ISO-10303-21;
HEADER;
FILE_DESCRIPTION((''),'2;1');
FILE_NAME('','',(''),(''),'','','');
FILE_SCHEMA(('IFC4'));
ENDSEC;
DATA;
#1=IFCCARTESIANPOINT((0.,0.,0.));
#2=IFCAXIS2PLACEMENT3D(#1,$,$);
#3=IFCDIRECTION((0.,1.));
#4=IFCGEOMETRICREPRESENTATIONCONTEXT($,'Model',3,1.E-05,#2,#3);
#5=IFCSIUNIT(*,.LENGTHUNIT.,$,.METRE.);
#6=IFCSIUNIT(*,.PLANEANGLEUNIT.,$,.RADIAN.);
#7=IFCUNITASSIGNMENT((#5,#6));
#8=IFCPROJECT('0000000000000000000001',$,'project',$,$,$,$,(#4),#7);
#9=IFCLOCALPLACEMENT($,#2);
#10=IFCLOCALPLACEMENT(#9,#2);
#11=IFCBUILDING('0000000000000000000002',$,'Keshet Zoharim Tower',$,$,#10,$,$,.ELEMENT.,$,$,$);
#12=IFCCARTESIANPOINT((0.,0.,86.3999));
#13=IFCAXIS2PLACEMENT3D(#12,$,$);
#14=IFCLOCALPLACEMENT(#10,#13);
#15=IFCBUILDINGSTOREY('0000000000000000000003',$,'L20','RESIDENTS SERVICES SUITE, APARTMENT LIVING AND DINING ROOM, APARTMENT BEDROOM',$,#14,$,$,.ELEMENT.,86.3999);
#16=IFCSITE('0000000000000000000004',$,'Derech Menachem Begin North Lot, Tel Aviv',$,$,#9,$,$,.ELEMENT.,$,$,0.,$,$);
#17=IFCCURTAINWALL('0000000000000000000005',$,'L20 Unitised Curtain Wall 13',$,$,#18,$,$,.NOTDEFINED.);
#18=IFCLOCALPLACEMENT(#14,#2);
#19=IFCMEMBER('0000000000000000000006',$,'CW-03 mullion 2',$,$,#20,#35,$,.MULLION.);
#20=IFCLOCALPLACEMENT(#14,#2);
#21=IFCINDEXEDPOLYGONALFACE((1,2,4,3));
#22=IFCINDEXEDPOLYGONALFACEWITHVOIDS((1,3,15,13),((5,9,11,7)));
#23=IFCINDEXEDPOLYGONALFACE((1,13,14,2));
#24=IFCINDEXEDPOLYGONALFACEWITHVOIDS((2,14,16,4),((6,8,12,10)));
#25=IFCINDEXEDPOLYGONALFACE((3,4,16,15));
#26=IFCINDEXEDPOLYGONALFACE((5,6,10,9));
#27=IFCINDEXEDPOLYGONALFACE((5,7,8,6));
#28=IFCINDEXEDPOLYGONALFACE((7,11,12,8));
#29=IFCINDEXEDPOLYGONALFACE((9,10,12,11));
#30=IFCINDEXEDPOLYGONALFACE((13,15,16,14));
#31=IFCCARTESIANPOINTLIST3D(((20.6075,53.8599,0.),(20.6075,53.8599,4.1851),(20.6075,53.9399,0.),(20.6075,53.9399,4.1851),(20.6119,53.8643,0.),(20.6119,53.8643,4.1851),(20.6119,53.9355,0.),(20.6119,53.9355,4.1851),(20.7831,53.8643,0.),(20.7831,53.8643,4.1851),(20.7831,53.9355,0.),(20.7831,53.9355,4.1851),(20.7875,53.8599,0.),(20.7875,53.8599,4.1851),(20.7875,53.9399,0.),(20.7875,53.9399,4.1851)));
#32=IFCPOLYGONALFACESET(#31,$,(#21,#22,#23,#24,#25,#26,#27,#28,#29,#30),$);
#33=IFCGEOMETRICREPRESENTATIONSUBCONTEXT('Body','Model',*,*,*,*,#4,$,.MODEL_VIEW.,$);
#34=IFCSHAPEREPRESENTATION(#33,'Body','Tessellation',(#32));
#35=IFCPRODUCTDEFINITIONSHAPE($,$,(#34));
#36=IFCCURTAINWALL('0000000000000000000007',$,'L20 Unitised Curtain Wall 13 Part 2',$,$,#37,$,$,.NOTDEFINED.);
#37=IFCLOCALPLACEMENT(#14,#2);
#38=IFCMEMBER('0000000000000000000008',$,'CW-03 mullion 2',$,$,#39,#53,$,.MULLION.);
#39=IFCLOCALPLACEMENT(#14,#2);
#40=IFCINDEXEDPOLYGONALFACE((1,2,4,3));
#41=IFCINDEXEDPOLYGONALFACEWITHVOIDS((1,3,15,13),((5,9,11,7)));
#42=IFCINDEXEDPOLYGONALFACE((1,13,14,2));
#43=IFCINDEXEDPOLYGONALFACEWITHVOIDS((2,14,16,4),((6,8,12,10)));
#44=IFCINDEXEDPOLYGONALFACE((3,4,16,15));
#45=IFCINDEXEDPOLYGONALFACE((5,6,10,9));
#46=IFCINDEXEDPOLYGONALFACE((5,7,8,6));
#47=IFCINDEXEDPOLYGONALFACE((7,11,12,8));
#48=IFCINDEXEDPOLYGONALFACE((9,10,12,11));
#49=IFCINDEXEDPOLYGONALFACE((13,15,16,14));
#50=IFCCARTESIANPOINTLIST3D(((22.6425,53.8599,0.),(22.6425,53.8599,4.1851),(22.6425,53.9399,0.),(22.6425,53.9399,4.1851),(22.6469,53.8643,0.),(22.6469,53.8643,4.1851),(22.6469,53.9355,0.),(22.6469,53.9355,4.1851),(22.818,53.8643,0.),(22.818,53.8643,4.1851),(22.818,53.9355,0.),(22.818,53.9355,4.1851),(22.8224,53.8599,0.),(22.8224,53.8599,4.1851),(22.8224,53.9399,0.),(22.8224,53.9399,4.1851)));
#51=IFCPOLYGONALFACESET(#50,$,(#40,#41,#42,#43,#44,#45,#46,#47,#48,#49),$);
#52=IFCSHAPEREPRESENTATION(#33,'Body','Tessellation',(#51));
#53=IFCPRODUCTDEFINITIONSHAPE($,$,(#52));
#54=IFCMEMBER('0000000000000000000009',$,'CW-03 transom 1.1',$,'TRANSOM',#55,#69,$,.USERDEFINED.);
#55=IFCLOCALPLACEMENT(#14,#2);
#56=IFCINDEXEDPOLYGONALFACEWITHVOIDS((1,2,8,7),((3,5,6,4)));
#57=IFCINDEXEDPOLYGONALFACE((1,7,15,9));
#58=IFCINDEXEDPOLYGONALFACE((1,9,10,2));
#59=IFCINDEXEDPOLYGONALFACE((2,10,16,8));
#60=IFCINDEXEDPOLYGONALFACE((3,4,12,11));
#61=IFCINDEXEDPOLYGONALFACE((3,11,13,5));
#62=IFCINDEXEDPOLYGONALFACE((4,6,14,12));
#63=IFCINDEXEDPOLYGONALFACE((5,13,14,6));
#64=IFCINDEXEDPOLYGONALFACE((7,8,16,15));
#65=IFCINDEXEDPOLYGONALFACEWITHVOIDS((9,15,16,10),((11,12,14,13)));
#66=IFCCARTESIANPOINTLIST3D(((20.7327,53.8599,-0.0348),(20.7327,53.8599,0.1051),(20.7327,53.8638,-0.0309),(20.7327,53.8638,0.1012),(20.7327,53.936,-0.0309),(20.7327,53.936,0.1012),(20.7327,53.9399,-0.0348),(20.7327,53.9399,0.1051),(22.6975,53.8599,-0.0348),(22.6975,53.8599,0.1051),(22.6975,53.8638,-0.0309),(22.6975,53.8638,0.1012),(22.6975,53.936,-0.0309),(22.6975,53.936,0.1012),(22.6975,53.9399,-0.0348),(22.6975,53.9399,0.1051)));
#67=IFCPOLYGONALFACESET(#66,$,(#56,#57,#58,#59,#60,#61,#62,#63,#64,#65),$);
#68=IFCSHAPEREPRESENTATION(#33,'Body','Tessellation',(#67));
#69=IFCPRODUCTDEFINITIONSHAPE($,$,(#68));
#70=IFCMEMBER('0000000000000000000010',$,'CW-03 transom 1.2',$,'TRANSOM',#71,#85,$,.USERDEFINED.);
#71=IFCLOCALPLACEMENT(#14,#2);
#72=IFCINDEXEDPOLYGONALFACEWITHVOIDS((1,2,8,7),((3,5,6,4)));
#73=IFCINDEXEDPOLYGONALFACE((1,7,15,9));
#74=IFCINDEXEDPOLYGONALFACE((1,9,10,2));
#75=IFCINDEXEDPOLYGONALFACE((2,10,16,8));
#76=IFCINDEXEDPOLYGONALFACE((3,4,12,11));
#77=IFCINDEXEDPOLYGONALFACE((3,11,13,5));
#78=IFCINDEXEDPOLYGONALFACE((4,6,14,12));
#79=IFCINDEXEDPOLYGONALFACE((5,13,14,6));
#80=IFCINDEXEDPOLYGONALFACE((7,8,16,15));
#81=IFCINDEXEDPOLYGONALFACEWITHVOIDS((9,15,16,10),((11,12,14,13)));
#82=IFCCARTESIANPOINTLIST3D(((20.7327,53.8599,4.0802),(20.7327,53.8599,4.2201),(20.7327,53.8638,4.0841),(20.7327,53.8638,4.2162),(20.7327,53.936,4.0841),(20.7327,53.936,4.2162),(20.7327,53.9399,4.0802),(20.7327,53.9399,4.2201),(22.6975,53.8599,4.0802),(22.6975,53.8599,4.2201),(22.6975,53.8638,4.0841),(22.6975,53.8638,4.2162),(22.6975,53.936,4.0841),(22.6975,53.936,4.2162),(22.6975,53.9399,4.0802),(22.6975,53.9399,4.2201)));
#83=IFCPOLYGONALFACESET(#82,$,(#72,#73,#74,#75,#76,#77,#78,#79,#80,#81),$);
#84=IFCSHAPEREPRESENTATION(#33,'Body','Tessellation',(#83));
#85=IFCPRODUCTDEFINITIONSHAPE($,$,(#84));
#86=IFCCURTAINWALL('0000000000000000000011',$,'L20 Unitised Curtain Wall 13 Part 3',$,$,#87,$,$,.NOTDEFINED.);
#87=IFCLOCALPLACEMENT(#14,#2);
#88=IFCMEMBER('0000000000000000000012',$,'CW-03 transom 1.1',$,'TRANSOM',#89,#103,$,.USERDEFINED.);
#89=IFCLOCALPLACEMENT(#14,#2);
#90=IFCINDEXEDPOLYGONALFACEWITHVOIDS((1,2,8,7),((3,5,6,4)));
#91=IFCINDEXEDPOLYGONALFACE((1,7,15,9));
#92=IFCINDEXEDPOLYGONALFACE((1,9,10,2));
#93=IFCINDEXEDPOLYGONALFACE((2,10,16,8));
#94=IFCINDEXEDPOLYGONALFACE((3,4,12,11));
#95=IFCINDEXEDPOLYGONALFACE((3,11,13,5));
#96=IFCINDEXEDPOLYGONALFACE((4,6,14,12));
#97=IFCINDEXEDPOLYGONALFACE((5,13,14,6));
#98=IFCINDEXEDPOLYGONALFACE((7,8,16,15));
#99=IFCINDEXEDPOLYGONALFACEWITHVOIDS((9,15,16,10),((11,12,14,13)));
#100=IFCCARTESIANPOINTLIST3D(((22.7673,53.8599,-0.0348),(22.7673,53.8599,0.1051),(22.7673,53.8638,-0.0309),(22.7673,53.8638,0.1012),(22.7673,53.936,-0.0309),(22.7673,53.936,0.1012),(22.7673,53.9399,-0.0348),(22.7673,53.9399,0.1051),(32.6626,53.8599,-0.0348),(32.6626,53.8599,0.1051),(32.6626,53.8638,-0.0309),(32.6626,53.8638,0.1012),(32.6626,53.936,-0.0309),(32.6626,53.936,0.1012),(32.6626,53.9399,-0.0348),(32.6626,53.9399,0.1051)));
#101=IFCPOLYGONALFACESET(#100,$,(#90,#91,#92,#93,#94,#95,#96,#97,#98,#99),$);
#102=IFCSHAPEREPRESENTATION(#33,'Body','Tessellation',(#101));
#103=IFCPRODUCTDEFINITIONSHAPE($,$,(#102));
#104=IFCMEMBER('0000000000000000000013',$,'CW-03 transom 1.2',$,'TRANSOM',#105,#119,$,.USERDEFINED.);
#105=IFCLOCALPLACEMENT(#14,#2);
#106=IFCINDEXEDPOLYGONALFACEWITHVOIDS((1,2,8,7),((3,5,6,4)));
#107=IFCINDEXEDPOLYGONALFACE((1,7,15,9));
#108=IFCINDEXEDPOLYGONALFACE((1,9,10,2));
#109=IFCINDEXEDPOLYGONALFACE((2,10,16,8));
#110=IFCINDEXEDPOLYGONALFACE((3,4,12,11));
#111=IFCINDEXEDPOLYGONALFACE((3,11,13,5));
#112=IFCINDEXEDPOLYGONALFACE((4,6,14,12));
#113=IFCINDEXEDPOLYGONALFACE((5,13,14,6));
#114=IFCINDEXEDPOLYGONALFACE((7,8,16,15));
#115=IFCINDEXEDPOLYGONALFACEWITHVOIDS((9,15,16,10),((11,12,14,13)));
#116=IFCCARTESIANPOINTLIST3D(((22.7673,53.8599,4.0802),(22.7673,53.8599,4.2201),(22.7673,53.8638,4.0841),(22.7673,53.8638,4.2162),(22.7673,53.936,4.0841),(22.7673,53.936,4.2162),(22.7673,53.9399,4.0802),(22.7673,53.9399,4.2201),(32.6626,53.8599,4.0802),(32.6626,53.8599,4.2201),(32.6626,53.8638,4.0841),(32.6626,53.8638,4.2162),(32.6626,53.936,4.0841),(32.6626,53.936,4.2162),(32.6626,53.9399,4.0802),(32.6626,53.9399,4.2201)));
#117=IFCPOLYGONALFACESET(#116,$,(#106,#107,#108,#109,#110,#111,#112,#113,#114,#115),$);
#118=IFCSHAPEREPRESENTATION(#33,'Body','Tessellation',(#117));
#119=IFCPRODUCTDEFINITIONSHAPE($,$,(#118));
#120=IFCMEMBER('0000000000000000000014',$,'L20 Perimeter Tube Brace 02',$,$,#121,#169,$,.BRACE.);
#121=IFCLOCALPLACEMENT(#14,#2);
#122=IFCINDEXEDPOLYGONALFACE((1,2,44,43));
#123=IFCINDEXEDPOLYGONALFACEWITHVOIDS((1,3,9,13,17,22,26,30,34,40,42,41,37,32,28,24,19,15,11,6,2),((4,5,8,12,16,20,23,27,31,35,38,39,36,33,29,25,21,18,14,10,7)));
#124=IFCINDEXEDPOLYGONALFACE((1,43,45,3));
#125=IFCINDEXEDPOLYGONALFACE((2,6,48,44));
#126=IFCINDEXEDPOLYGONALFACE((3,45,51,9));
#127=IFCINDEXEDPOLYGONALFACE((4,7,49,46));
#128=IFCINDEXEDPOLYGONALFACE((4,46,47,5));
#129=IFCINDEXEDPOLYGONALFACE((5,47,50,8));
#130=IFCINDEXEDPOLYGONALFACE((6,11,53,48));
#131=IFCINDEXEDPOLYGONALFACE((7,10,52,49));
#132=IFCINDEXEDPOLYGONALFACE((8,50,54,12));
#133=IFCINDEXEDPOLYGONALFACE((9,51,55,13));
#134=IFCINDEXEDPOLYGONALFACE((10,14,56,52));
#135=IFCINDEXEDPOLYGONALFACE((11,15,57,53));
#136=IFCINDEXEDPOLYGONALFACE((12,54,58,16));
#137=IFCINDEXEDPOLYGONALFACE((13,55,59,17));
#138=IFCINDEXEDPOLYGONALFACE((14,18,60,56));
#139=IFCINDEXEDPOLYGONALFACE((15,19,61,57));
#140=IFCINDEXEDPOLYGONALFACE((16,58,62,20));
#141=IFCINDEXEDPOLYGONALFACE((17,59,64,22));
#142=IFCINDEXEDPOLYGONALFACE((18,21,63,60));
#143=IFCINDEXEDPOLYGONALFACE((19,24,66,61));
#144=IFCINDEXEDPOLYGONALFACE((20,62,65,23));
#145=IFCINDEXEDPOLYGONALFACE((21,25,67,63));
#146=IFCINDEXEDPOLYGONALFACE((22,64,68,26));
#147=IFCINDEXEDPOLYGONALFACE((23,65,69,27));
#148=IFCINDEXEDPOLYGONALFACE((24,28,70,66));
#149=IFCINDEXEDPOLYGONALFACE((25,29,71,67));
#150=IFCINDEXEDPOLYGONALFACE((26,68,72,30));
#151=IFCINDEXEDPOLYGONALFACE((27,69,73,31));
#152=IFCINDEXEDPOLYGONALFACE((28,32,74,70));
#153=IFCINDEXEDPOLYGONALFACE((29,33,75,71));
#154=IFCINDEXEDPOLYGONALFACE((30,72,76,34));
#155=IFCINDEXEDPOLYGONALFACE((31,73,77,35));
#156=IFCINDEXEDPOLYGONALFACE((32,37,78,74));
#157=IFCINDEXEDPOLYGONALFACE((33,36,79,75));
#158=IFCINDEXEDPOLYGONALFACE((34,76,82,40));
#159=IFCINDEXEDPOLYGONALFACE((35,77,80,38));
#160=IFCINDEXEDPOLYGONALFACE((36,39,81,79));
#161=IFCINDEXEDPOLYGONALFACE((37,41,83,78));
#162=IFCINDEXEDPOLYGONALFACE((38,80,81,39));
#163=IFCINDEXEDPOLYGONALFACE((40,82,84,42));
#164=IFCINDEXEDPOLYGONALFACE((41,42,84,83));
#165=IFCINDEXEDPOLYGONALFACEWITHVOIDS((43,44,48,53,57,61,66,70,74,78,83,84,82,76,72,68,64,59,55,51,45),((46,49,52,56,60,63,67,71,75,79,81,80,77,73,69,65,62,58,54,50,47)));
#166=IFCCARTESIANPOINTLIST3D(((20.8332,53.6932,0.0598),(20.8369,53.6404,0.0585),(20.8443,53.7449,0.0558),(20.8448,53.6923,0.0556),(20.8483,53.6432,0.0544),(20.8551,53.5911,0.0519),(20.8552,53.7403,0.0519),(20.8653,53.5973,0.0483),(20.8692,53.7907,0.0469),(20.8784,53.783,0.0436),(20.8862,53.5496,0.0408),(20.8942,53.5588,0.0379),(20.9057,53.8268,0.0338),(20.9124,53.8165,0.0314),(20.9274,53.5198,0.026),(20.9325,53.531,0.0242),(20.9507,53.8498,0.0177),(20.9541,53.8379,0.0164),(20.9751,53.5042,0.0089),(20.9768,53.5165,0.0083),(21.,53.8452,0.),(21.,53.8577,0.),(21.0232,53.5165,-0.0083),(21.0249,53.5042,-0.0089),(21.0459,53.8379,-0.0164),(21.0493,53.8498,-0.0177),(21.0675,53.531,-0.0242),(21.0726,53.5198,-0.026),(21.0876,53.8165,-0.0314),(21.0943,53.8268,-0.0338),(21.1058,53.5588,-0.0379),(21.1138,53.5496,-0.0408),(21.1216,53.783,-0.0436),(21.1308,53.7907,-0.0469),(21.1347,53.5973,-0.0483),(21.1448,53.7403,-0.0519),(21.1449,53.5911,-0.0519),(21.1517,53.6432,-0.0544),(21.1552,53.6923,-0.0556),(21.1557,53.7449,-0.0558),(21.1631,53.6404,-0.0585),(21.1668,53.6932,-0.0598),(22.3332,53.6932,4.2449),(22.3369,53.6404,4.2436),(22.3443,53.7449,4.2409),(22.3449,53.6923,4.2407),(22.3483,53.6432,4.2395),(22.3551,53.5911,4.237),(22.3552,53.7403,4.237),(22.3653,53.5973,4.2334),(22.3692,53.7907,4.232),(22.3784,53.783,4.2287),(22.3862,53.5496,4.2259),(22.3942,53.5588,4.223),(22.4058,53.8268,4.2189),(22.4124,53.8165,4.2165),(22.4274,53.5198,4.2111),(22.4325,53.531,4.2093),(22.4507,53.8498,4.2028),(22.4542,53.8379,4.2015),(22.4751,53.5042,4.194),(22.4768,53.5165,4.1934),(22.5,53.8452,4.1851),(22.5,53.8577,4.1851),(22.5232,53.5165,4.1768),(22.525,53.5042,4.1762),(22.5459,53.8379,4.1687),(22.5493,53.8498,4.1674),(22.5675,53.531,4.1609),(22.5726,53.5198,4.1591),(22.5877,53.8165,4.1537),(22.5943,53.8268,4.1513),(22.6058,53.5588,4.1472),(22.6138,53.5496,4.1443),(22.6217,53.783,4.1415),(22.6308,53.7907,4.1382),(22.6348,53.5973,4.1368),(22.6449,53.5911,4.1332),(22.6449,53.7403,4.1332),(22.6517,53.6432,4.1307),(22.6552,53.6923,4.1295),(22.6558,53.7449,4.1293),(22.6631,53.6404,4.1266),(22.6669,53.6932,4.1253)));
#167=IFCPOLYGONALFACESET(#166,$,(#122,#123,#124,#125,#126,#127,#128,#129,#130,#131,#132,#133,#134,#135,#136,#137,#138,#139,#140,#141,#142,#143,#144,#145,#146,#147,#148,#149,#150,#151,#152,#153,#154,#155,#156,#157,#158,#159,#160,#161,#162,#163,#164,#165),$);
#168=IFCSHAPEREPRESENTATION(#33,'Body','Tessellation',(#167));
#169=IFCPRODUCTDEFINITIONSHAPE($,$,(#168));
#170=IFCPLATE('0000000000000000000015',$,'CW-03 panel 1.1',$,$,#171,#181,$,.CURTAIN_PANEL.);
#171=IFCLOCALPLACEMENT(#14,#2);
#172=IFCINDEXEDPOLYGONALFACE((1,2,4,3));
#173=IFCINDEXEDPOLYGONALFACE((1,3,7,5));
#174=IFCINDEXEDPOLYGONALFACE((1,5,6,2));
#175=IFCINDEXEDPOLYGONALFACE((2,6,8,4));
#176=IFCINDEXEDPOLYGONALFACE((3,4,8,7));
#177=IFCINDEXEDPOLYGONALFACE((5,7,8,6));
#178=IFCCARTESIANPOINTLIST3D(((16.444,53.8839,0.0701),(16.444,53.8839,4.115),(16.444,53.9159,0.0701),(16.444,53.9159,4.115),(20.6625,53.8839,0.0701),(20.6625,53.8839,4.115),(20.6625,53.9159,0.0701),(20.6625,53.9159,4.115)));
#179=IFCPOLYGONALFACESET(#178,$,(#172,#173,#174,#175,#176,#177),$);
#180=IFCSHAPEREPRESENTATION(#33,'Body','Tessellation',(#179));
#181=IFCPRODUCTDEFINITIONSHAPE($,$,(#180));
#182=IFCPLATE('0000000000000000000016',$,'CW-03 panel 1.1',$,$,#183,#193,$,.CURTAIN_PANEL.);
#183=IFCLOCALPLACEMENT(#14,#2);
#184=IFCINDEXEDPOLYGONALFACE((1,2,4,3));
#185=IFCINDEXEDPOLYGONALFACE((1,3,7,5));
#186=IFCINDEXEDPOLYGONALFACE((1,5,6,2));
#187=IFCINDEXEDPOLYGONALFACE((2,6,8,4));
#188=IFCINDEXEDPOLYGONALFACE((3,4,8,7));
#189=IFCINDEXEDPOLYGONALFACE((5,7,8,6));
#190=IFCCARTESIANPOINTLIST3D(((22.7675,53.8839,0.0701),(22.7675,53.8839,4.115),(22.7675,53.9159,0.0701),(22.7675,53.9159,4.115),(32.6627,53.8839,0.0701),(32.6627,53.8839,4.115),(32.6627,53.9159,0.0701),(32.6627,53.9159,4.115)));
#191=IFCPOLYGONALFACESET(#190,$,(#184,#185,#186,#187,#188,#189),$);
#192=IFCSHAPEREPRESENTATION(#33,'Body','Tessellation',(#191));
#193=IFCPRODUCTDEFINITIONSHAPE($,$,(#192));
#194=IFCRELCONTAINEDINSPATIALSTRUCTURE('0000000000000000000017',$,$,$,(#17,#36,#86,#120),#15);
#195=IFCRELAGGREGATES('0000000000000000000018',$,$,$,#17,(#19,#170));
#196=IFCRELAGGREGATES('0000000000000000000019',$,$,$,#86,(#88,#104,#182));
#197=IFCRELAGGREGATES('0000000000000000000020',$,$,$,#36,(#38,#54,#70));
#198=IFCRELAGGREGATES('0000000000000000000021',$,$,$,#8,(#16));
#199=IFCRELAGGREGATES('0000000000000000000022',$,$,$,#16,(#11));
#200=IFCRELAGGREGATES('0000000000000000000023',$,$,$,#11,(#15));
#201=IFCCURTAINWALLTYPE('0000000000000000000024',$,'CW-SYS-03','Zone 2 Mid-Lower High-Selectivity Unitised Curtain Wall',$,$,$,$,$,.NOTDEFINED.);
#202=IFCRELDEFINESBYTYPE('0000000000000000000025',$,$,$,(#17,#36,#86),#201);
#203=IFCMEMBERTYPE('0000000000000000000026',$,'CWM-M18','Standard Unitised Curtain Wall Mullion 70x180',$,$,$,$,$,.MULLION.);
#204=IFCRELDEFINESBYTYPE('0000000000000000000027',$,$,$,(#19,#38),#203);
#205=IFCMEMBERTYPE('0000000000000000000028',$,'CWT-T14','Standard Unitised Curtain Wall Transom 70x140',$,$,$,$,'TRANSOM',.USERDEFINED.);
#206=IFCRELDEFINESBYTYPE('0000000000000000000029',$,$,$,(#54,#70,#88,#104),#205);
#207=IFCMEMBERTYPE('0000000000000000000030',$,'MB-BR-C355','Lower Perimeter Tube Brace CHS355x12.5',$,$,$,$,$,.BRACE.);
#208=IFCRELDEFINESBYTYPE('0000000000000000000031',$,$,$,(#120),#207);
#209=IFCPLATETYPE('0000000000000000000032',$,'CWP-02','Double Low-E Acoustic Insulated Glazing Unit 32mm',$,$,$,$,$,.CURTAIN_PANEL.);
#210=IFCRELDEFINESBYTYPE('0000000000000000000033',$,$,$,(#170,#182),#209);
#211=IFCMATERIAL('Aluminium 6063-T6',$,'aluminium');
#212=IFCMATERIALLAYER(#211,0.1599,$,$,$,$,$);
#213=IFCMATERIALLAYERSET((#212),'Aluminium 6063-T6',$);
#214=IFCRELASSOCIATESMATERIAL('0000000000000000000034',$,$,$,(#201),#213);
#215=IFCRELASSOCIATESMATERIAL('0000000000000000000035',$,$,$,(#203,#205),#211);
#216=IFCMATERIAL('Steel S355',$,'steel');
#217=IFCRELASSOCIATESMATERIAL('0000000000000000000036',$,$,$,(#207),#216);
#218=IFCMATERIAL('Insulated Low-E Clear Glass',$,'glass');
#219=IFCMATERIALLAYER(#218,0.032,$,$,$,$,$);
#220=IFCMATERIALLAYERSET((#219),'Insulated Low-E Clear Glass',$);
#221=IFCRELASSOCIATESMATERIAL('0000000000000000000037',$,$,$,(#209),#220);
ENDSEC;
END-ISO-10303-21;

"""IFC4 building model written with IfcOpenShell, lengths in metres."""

from ifc_helpers import new_model, si_unit, direction, frame, origin, origin_2d, place, context, subcontext, project, spatial, rectangle, hollow_rectangle, hollow_circle, extrude, material, layer, layer_set, material_profile, profile_set, type_object, element, aggregate, save


model = new_model("IFC4")

# Units and contexts
model_context = context("Model", 3, precision=1e-05, world=origin(), true_north=direction((0.0, 1.0)))
body_context = subcontext(model_context, "Body", "Model", "MODEL_VIEW")
ifc_project = project(units=[si_unit("LENGTHUNIT", "METRE"), si_unit("PLANEANGLEUNIT", "RADIAN")], contexts=[model_context])

# Site, building, storey
site_placement = place(None, origin())
site = spatial("IfcSite", under=ifc_project, at=site_placement, Name="Derech Menachem Begin North Lot, Tel Aviv", CompositionType="ELEMENT", RefElevation=0.0)
building_placement = place(site_placement, origin())
building = spatial("IfcBuilding", under=site, at=building_placement, Name="Keshet Zoharim Tower", CompositionType="ELEMENT")
storey_placement = place(building_placement, frame((0.0, 0.0, 86.3999)))
storey = spatial("IfcBuildingStorey", under=building, at=storey_placement, Name="L20", Description="RESIDENTS SERVICES SUITE, APARTMENT LIVING AND DINING ROOM, APARTMENT BEDROOM", CompositionType="ELEMENT", Elevation=86.3999)

# Shared definitions
ifc_material_1 = material(Name="Steel S355", Category="steel")

# Curtain wall, member
ifc_material_2 = material(Name="Aluminium 6063-T6", Category="aluminium")
ifc_layer_1 = layer(ifc_material_2, 0.1599)
ifc_layer_set_1 = layer_set([ifc_layer_1], Name="Aluminium 6063-T6")
curtain_wall_type = type_object("IfcCurtainWallType", Name="CW-SYS-03", Description="Zone 2 Mid-Lower High-Selectivity Unitised Curtain Wall", PredefinedType="NOTDEFINED", material=ifc_layer_set_1)
curtain_wall_1_placement = place(storey_placement, origin())
curtain_wall_1 = element("IfcCurtainWall", 1, at=curtain_wall_1_placement, inside=storey, type_object=curtain_wall_type, Name="L20 Unitised Curtain Wall 13", PredefinedType="NOTDEFINED")
ifc_material_profile_1 = material_profile(ifc_material_2, hollow_rectangle(XDim=0.0801, YDim=0.1799, WallThickness=0.0044, at=origin_2d()), Name="MUL-80x180")
ifc_profile_set_1 = profile_set([ifc_material_profile_1], Name="Aluminium 6063-T6")
member_type_1 = type_object("IfcMemberType", Name="CWM-M18", Description="Standard Unitised Curtain Wall Mullion 70x180", PredefinedType="MULLION", material=ifc_profile_set_1)
member_1_placement = place(storey_placement, frame((20.6975, 53.8999, 0.0), z_axis=(0.0, 0.0, 1.0), x_axis=(0.0, 1.0, 0.0)))
member_1 = element("IfcMember", 2, at=member_1_placement, type_object=member_type_1, Name="CW-03 mullion 2", PredefinedType="MULLION", context=body_context, shape_type="SweptSolid", body=[
    extrude(hollow_rectangle(XDim=0.0801, YDim=0.1799, WallThickness=0.0044, at=origin_2d()), origin(), (0.0, 0.0, 1.0), 4.1851),
])

# Curtain walls, members
curtain_wall_2_placement = place(storey_placement, origin())
curtain_wall_2 = element("IfcCurtainWall", 3, at=curtain_wall_2_placement, inside=storey, type_object=curtain_wall_type, Name="L20 Unitised Curtain Wall 13 Part 2", PredefinedType="NOTDEFINED")
member_2_placement = place(storey_placement, frame((22.7324, 53.8999, 0.0), z_axis=(0.0, 0.0, 1.0), x_axis=(0.0, 1.0, 0.0)))
member_2 = element("IfcMember", 4, at=member_2_placement, type_object=member_type_1, Name="CW-03 mullion 2", PredefinedType="MULLION", context=body_context, shape_type="SweptSolid", body=[
    extrude(hollow_rectangle(XDim=0.0801, YDim=0.1799, WallThickness=0.0044, at=origin_2d()), origin(), (0.0, 0.0, 1.0), 4.1851),
])
ifc_material_profile_2 = material_profile(ifc_material_2, hollow_rectangle(XDim=0.0801, YDim=0.1399, WallThickness=0.0039, at=origin_2d()), Name="TRN-80x140")
ifc_profile_set_2 = profile_set([ifc_material_profile_2], Name="Aluminium 6063-T6")
member_type_2 = type_object("IfcMemberType", Name="CWT-T14", Description="Standard Unitised Curtain Wall Transom 70x140", ElementType="TRANSOM", PredefinedType="USERDEFINED", material=ifc_profile_set_2)
member_3_placement = place(storey_placement, frame((20.7327, 53.8999, 0.0352), z_axis=(1.0, 0.0, 0.0), x_axis=(0.0, 1.0, 0.0)))
member_3 = element("IfcMember", 5, at=member_3_placement, type_object=member_type_2, Name="CW-03 transom 1.1", ObjectType="TRANSOM", PredefinedType="USERDEFINED", context=body_context, shape_type="SweptSolid", body=[
    extrude(hollow_rectangle(XDim=0.0801, YDim=0.1399, WallThickness=0.0039, at=origin_2d()), origin(), (0.0, 0.0, 1.0), 1.9648),
])
member_4_placement = place(storey_placement, frame((20.7327, 53.8999, 4.1501), z_axis=(1.0, 0.0, 0.0), x_axis=(0.0, 1.0, 0.0)))
member_4 = element("IfcMember", 6, at=member_4_placement, type_object=member_type_2, Name="CW-03 transom 1.2", ObjectType="TRANSOM", PredefinedType="USERDEFINED", context=body_context, shape_type="SweptSolid", body=[
    extrude(hollow_rectangle(XDim=0.0801, YDim=0.1399, WallThickness=0.0039, at=origin_2d()), origin(), (0.0, 0.0, 1.0), 1.9648),
])
curtain_wall_3_placement = place(storey_placement, origin())
curtain_wall_3 = element("IfcCurtainWall", 7, at=curtain_wall_3_placement, inside=storey, type_object=curtain_wall_type, Name="L20 Unitised Curtain Wall 13 Part 3", PredefinedType="NOTDEFINED")
member_5_placement = place(storey_placement, frame((22.7673, 53.8999, 0.0352), z_axis=(1.0, 0.0, 0.0), x_axis=(0.0, 1.0, 0.0)))
member_5 = element("IfcMember", 8, at=member_5_placement, type_object=member_type_2, Name="CW-03 transom 1.1", ObjectType="TRANSOM", PredefinedType="USERDEFINED", context=body_context, shape_type="SweptSolid", body=[
    extrude(hollow_rectangle(XDim=0.0801, YDim=0.1399, WallThickness=0.0039, at=origin_2d()), origin(), (0.0, 0.0, 1.0), 9.8953),
])
member_6_placement = place(storey_placement, frame((22.7673, 53.8999, 4.1501), z_axis=(1.0, 0.0, 0.0), x_axis=(0.0, 1.0, 0.0)))
member_6 = element("IfcMember", 9, at=member_6_placement, type_object=member_type_2, Name="CW-03 transom 1.2", ObjectType="TRANSOM", PredefinedType="USERDEFINED", context=body_context, shape_type="SweptSolid", body=[
    extrude(hollow_rectangle(XDim=0.0801, YDim=0.1399, WallThickness=0.0039, at=origin_2d()), origin(), (0.0, 0.0, 1.0), 9.8953),
])

# Member
ifc_material_profile_3 = material_profile(ifc_material_1, hollow_circle(Radius=0.1777, WallThickness=0.0125, at=origin_2d()), Name="CHS355x12.5")
ifc_profile_set_3 = profile_set([ifc_material_profile_3], Name="Steel S355")
member_type_3 = type_object("IfcMemberType", Name="MB-BR-C355", Description="Lower Perimeter Tube Brace CHS355x12.5", PredefinedType="BRACE", material=ifc_profile_set_3)
member_7_placement = place(storey_placement, frame((21.0, 53.6799, 0.0), z_axis=(0.337401, 0.0, 0.941361), x_axis=(0.0, 1.0, 0.0)))
element("IfcMember", 10, at=member_7_placement, inside=storey, type_object=member_type_3, Name="L20 Perimeter Tube Brace 02", PredefinedType="BRACE", context=body_context, shape_type="SweptSolid", body=[
    extrude(hollow_circle(Radius=0.1777, WallThickness=0.0125, at=origin_2d()), origin(), (0.0, 0.0, 1.0), 4.4458),
])

# Plates
ifc_material_3 = material(Name="Insulated Low-E Clear Glass", Category="glass")
ifc_layer_2 = layer(ifc_material_3, 0.032)
ifc_layer_set_2 = layer_set([ifc_layer_2], Name="Insulated Low-E Clear Glass")
plate_type_1 = type_object("IfcPlateType", Name="CWP-02", Description="Double Low-E Acoustic Insulated Glazing Unit 32mm", PredefinedType="CURTAIN_PANEL", material=ifc_layer_set_2)
plate_1_placement = place(storey_placement, frame((18.5532, 53.8999, 0.0701), z_axis=(0.0, 0.0, 1.0), x_axis=(1.0, 0.0, 0.0)))
plate_1 = element("IfcPlate", 11, at=plate_1_placement, type_object=plate_type_1, Name="CW-03 panel 1.1", PredefinedType="CURTAIN_PANEL", context=body_context, shape_type="SweptSolid", body=[
    extrude(rectangle(XDim=4.2185, YDim=0.032, at=origin_2d()), origin(), (0.0, 0.0, 1.0), 4.0449),
])
aggregate(curtain_wall_1, [member_1, plate_1])
plate_2_placement = place(storey_placement, frame((27.7151, 53.8999, 0.0701), z_axis=(0.0, 0.0, 1.0), x_axis=(1.0, 0.0, 0.0)))
plate_2 = element("IfcPlate", 12, at=plate_2_placement, type_object=plate_type_1, Name="CW-03 panel 1.1", PredefinedType="CURTAIN_PANEL", context=body_context, shape_type="SweptSolid", body=[
    extrude(rectangle(XDim=9.8953, YDim=0.032, at=origin_2d()), origin(), (0.0, 0.0, 1.0), 4.0449),
])
aggregate(curtain_wall_3, [member_5, member_6, plate_2])
aggregate(curtain_wall_2, [member_2, member_3, member_4])

save(model, "model.ifc")
